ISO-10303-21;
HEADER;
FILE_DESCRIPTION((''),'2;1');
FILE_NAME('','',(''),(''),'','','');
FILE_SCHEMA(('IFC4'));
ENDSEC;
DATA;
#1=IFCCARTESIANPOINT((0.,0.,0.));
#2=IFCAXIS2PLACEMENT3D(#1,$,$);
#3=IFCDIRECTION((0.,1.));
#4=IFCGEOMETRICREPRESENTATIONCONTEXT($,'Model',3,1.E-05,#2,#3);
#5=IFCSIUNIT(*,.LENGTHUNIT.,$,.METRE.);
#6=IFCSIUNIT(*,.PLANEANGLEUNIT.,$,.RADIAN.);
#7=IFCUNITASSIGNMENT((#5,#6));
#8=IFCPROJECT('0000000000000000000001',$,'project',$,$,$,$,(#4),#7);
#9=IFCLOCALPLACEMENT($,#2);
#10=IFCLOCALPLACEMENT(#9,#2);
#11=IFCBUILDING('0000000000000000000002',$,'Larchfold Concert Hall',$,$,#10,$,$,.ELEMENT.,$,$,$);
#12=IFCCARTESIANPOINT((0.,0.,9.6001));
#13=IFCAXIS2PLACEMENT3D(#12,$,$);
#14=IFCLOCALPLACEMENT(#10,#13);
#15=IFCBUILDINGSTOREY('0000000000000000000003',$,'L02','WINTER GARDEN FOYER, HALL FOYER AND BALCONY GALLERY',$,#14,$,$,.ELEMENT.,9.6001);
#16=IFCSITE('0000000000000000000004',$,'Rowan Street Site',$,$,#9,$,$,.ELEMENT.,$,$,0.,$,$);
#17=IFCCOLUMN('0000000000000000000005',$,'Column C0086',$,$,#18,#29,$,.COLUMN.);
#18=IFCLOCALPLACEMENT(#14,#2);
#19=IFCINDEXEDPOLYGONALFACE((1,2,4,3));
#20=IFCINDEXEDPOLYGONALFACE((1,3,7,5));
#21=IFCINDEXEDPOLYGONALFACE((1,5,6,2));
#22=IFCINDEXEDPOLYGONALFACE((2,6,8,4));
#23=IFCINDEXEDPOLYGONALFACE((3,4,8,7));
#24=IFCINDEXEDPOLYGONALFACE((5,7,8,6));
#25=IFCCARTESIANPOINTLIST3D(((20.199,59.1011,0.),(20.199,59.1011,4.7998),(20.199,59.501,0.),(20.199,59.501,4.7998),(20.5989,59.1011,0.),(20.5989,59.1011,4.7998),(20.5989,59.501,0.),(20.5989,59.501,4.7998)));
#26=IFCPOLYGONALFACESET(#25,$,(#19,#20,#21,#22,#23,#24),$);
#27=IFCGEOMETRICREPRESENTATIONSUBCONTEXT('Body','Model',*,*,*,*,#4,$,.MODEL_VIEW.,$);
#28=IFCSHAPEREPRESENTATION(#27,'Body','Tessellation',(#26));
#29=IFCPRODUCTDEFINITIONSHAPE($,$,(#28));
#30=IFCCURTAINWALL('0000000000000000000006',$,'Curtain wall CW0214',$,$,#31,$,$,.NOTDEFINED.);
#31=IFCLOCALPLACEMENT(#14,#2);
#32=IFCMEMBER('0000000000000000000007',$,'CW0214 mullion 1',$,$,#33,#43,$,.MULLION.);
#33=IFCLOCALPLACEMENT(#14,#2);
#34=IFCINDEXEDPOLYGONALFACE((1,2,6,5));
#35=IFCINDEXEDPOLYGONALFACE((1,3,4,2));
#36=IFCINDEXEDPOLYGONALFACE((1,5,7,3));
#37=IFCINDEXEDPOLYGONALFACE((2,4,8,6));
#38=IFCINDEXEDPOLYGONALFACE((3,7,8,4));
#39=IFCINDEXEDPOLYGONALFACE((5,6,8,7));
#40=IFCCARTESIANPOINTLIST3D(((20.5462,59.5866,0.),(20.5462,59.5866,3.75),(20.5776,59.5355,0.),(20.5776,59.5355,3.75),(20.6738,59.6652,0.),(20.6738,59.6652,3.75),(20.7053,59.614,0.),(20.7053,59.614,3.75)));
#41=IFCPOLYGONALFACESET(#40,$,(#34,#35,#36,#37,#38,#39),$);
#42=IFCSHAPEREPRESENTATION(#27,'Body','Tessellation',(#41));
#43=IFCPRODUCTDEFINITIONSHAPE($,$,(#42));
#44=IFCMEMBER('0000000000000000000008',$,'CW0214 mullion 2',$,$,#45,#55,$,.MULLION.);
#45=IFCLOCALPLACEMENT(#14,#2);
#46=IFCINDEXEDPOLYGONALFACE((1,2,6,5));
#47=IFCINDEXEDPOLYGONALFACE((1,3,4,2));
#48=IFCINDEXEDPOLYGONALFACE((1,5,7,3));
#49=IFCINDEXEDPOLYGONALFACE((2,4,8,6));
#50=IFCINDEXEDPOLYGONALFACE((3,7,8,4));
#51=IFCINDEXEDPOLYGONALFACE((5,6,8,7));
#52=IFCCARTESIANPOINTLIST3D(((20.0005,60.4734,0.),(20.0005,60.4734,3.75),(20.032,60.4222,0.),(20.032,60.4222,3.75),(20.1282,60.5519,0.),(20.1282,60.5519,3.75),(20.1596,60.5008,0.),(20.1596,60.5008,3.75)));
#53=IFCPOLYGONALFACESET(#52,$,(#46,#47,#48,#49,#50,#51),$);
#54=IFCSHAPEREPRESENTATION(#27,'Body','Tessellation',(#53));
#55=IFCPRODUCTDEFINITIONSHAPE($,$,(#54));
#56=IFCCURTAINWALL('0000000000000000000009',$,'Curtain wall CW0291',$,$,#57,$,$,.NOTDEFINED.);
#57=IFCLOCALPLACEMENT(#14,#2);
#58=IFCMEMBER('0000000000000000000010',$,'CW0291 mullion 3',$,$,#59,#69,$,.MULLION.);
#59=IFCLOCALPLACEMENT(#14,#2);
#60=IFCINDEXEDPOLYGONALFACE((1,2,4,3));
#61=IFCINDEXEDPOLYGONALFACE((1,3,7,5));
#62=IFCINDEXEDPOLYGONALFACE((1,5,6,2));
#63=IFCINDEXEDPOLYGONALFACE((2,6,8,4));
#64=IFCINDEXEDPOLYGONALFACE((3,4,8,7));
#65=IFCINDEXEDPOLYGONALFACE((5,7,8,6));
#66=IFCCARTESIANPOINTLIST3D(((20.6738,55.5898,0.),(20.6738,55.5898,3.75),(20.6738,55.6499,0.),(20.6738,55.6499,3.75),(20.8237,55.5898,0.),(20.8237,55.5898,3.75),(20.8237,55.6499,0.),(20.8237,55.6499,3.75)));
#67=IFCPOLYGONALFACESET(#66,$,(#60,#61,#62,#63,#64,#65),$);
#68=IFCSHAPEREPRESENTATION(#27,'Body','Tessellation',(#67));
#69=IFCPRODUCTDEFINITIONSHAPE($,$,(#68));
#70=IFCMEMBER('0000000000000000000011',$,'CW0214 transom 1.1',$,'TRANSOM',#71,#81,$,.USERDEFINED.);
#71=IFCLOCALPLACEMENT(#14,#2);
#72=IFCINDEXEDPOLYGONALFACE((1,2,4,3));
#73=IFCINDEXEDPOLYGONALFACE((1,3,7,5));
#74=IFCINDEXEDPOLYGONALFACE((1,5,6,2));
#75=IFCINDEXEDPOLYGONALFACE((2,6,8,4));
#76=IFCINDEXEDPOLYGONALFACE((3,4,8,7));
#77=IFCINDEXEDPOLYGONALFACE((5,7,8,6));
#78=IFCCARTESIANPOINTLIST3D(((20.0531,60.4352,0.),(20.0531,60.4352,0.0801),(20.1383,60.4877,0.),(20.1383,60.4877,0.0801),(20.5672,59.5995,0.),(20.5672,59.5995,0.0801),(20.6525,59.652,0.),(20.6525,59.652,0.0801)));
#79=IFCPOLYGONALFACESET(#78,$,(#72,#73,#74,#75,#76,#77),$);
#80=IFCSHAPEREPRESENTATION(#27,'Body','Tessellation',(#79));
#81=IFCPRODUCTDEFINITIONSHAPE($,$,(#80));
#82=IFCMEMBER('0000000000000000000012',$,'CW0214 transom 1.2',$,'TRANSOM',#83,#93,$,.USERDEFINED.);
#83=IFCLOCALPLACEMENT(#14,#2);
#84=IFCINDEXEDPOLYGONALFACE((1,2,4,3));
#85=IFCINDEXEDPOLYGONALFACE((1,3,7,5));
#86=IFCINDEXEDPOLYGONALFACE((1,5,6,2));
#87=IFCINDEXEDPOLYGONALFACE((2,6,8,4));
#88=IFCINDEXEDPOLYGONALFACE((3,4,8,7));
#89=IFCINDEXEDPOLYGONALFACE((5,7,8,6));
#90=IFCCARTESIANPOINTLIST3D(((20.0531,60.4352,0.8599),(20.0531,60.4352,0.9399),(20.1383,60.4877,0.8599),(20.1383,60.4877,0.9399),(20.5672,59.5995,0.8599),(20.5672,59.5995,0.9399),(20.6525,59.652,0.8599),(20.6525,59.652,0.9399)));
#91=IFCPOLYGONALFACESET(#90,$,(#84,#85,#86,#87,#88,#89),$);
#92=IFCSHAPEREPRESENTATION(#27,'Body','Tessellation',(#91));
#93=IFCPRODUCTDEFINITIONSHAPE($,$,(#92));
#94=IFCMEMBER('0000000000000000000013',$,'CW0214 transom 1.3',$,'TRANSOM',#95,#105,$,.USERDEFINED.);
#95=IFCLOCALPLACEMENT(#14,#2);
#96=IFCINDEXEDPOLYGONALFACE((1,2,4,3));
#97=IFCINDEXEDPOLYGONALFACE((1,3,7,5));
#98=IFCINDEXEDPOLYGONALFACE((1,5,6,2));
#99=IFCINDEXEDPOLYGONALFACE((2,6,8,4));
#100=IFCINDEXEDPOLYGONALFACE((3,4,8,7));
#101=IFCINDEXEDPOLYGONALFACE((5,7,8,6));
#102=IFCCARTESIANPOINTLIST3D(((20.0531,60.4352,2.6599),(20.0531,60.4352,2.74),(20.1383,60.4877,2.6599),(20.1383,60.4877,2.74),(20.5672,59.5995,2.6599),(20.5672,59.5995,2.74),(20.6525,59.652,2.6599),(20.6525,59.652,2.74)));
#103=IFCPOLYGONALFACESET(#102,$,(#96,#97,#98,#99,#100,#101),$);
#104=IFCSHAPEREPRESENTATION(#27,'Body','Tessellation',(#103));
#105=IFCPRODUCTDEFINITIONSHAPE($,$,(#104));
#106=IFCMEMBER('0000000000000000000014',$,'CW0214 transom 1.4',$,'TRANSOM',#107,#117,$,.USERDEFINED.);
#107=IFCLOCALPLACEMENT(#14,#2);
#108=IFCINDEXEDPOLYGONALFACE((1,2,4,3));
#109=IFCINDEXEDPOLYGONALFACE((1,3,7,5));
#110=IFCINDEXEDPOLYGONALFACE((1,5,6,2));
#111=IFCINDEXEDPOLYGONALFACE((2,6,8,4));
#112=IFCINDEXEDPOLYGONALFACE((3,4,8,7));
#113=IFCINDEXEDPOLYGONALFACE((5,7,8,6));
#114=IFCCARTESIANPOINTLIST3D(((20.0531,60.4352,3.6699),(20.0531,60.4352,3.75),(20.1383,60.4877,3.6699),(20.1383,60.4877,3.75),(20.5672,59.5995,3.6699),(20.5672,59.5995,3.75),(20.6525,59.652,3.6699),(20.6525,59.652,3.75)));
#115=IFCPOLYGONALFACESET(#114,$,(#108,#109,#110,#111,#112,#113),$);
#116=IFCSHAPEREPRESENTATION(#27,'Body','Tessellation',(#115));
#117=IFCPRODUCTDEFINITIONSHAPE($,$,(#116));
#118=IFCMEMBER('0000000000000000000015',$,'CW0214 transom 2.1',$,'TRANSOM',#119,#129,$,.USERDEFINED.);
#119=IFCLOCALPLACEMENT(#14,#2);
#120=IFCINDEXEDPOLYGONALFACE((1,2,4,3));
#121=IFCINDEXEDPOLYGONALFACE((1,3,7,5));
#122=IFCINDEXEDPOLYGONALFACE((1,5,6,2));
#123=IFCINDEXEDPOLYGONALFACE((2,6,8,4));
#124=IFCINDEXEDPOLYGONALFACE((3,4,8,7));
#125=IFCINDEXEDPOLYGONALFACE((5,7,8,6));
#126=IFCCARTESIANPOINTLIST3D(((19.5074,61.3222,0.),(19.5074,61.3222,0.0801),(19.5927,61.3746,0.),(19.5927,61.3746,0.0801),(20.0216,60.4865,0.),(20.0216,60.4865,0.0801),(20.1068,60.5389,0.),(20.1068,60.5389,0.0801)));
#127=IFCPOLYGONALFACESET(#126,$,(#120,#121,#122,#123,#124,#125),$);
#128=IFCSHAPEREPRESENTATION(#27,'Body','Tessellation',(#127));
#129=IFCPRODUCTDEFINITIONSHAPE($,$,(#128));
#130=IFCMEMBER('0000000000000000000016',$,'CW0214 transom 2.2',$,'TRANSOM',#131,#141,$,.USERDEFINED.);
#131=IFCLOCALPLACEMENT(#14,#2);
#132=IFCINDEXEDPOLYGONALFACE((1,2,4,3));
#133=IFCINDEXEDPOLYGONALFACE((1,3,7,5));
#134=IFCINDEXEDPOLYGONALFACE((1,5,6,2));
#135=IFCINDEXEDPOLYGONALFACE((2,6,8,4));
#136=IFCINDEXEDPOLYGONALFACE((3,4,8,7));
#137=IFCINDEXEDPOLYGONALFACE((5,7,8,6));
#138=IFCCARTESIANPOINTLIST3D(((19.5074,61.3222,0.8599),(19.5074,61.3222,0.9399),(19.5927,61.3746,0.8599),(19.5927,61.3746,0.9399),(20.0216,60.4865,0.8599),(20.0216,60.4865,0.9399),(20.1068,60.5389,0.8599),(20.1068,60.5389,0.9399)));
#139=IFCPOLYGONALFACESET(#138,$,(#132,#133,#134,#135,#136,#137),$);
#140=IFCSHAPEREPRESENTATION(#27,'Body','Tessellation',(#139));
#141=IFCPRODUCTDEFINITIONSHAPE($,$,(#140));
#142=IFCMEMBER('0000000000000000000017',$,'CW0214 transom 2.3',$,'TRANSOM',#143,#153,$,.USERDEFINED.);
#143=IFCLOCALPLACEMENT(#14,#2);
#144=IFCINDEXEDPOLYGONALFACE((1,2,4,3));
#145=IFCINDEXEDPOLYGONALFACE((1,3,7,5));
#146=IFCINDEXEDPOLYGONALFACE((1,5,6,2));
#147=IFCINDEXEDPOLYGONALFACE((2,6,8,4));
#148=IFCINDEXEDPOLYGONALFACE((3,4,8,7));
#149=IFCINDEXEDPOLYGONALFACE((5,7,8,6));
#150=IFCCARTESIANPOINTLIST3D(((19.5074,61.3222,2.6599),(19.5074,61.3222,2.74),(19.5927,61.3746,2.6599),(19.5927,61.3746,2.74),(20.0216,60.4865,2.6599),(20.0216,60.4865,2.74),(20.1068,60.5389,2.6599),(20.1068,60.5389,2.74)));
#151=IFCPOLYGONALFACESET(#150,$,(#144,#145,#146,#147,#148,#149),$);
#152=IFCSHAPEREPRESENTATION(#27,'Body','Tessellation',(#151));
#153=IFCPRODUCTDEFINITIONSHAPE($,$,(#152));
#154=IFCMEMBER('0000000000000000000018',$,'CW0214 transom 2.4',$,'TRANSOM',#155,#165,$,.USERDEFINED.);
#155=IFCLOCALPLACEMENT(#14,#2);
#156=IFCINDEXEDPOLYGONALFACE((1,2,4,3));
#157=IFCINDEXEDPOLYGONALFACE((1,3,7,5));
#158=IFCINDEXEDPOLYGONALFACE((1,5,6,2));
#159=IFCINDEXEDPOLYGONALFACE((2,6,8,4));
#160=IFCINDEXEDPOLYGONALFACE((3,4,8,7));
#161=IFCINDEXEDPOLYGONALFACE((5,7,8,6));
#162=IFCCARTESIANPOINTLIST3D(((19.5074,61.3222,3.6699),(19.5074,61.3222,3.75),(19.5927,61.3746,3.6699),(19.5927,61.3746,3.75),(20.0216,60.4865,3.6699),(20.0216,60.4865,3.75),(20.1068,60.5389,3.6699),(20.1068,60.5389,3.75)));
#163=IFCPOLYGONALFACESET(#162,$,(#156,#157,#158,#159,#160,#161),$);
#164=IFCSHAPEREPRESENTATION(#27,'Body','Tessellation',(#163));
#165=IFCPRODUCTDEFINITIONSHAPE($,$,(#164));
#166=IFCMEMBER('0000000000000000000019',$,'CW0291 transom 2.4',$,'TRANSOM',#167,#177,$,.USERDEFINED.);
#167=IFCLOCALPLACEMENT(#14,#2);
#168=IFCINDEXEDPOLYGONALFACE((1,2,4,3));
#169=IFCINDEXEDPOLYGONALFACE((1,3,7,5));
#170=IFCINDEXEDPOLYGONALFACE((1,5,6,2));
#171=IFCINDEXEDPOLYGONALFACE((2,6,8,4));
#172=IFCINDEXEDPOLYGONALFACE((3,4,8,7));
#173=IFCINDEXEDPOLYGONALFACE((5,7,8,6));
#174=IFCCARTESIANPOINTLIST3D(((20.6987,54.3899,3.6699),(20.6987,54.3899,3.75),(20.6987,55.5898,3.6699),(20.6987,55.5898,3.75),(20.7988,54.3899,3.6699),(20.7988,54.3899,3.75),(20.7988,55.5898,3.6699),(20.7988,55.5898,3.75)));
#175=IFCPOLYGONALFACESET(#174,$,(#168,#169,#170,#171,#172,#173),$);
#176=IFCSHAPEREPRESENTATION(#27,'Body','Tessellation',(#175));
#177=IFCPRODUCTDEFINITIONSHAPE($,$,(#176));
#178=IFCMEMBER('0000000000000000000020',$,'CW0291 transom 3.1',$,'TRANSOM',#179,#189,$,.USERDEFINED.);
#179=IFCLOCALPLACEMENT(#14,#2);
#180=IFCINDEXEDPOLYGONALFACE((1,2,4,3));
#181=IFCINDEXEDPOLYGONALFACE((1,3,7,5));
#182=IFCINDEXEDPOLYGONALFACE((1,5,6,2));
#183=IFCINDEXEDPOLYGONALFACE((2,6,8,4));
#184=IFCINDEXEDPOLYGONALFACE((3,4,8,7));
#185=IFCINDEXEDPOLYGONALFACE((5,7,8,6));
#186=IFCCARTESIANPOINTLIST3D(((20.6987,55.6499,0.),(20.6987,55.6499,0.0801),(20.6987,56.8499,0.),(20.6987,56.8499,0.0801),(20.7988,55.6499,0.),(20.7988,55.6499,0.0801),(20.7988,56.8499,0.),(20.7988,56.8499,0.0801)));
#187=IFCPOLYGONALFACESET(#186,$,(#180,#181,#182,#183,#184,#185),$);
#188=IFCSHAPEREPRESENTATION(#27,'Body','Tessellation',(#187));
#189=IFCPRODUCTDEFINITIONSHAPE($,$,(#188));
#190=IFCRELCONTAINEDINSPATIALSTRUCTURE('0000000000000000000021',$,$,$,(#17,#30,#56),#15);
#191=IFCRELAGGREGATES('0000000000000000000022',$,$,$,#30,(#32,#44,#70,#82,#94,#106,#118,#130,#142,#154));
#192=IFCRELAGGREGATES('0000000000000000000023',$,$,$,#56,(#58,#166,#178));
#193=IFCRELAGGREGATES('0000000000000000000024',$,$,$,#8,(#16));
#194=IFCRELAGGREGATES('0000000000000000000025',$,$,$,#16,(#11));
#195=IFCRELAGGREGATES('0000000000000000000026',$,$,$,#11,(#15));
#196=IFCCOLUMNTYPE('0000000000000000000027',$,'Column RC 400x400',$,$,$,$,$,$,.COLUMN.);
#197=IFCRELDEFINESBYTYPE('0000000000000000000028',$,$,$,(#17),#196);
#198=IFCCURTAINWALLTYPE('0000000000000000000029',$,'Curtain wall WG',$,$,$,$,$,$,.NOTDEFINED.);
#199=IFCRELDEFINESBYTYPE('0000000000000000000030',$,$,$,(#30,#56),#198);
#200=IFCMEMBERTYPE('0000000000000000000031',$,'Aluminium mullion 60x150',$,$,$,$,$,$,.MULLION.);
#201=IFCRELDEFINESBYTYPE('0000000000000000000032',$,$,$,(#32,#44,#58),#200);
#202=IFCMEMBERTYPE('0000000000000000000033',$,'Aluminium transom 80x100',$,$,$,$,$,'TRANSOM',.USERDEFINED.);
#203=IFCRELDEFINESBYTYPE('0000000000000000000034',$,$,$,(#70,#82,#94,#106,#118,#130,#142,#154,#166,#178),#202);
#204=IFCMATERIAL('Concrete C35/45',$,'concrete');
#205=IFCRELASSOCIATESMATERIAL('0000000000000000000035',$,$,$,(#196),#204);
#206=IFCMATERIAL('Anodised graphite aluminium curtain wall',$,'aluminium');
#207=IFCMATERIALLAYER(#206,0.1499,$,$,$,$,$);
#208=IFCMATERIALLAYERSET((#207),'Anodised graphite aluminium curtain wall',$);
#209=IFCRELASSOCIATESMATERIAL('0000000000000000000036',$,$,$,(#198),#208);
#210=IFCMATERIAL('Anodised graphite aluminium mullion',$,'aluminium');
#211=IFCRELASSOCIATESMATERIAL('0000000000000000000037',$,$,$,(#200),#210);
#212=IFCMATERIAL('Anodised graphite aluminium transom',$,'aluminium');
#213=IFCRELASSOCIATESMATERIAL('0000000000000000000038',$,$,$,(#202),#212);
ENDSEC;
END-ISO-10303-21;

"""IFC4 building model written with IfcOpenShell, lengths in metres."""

from ifc_helpers import new_model, si_unit, direction, frame, origin, origin_2d, place, context, subcontext, project, spatial, rectangle, extrude, material, layer, layer_set, material_profile, profile_set, type_object, element, aggregate, save


model = new_model("IFC4")

# Units and contexts
model_context = context("Model", 3, precision=1e-05, world=origin(), true_north=direction((0.0, 1.0)))
body_context = subcontext(model_context, "Body", "Model", "MODEL_VIEW")
ifc_project = project(units=[si_unit("LENGTHUNIT", "METRE"), si_unit("PLANEANGLEUNIT", "RADIAN")], contexts=[model_context])

# Site, building, storey
site_placement = place(None, origin())
site = spatial("IfcSite", under=ifc_project, at=site_placement, Name="Rowan Street Site", CompositionType="ELEMENT", RefElevation=0.0)
building_placement = place(site_placement, origin())
building = spatial("IfcBuilding", under=site, at=building_placement, Name="Larchfold Concert Hall", CompositionType="ELEMENT")
storey_placement = place(building_placement, frame((0.0, 0.0, 9.6001)))
storey = spatial("IfcBuildingStorey", under=building, at=storey_placement, Name="L02", Description="WINTER GARDEN FOYER, HALL FOYER AND BALCONY GALLERY", CompositionType="ELEMENT", Elevation=9.6001)

# Column
ifc_material_1 = material(Name="Concrete C35/45", Category="concrete")
ifc_material_profile_1 = material_profile(ifc_material_1, rectangle(XDim=0.3999, YDim=0.3999, at=origin_2d()))
ifc_profile_set_1 = profile_set([ifc_material_profile_1], Name="Concrete C35/45")
column_type = type_object("IfcColumnType", Name="Column RC 400x400", PredefinedType="COLUMN", material=ifc_profile_set_1)
column_placement = place(storey_placement, frame((20.3989, 59.301, 0.0), z_axis=(0.0, 0.0, 1.0), x_axis=(1.0, 0.0, 0.0)))
element("IfcColumn", 1, at=column_placement, inside=storey, type_object=column_type, Name="Column C0086", PredefinedType="COLUMN", context=body_context, shape_type="SweptSolid", body=[
    extrude(rectangle(XDim=0.3999, YDim=0.3999, at=origin_2d()), origin(), (0.0, 0.0, 1.0), 4.7998),
])

# Curtain wall, members
ifc_material_2 = material(Name="Anodised graphite aluminium curtain wall", Category="aluminium")
ifc_layer_1 = layer(ifc_material_2, 0.1499)
ifc_layer_set_1 = layer_set([ifc_layer_1], Name="Anodised graphite aluminium curtain wall")
curtain_wall_type = type_object("IfcCurtainWallType", Name="Curtain wall WG", PredefinedType="NOTDEFINED", material=ifc_layer_set_1)
curtain_wall_1_placement = place(storey_placement, origin())
curtain_wall_1 = element("IfcCurtainWall", 2, at=curtain_wall_1_placement, inside=storey, type_object=curtain_wall_type, Name="Curtain wall CW0214", PredefinedType="NOTDEFINED")
ifc_material_3 = material(Name="Anodised graphite aluminium mullion", Category="aluminium")
ifc_material_profile_2 = material_profile(ifc_material_3, rectangle(XDim=0.1499, YDim=0.0601, at=origin_2d()))
ifc_profile_set_2 = profile_set([ifc_material_profile_2], Name="Anodised graphite aluminium mullion")
member_type_1 = type_object("IfcMemberType", Name="Aluminium mullion 60x150", PredefinedType="MULLION", material=ifc_profile_set_2)
member_1_placement = place(storey_placement, frame((20.6257, 59.6003, 0.0), z_axis=(0.0, 0.0, 1.0), x_axis=(-0.851678, -0.524066, 0.0)))
member_1 = element("IfcMember", 3, at=member_1_placement, type_object=member_type_1, Name="CW0214 mullion 1", PredefinedType="MULLION", context=body_context, shape_type="SweptSolid", body=[
    extrude(rectangle(XDim=0.1499, YDim=0.0601, at=origin_2d()), origin(), (0.0, 0.0, 1.0), 3.75),
])
member_2_placement = place(storey_placement, frame((20.0801, 60.4871, 0.0), z_axis=(0.0, 0.0, 1.0), x_axis=(-0.851678, -0.524066, 0.0)))
member_2 = element("IfcMember", 4, at=member_2_placement, type_object=member_type_1, Name="CW0214 mullion 2", PredefinedType="MULLION", context=body_context, shape_type="SweptSolid", body=[
    extrude(rectangle(XDim=0.1499, YDim=0.0601, at=origin_2d()), origin(), (0.0, 0.0, 1.0), 3.75),
])

# Curtain wall, member
curtain_wall_2_placement = place(storey_placement, origin())
curtain_wall_2 = element("IfcCurtainWall", 5, at=curtain_wall_2_placement, inside=storey, type_object=curtain_wall_type, Name="Curtain wall CW0291", PredefinedType="NOTDEFINED")
member_3_placement = place(storey_placement, frame((20.7488, 55.6199, 0.0), z_axis=(0.0, 0.0, 1.0), x_axis=(-1.0, 0.0, 0.0)))
member_3 = element("IfcMember", 6, at=member_3_placement, type_object=member_type_1, Name="CW0291 mullion 3", PredefinedType="MULLION", context=body_context, shape_type="SweptSolid", body=[
    extrude(rectangle(XDim=0.1499, YDim=0.0601, at=origin_2d()), origin(), (0.0, 0.0, 1.0), 3.75),
])

# Members
ifc_material_4 = material(Name="Anodised graphite aluminium transom", Category="aluminium")
ifc_material_profile_3 = material_profile(ifc_material_4, rectangle(XDim=0.1001, YDim=0.0801, at=origin_2d()))
ifc_profile_set_3 = profile_set([ifc_material_profile_3], Name="Anodised graphite aluminium transom")
member_type_2 = type_object("IfcMemberType", Name="Aluminium transom 80x100", ElementType="TRANSOM", PredefinedType="USERDEFINED", material=ifc_profile_set_3)
member_4_placement = place(storey_placement, frame((20.6099, 59.6257, 0.04), z_axis=(-0.524014, 0.85171, 0.0), x_axis=(-0.85171, -0.524014, 0.0)))
member_4 = element("IfcMember", 7, at=member_4_placement, type_object=member_type_2, Name="CW0214 transom 1.1", ObjectType="TRANSOM", PredefinedType="USERDEFINED", context=body_context, shape_type="SweptSolid", body=[
    extrude(rectangle(XDim=0.1001, YDim=0.0801, at=origin_2d()), origin(), (0.0, 0.0, 1.0), 0.9812),
])
member_5_placement = place(storey_placement, frame((20.6099, 59.6257, 0.8999), z_axis=(-0.524014, 0.85171, 0.0), x_axis=(-0.85171, -0.524014, 0.0)))
member_5 = element("IfcMember", 8, at=member_5_placement, type_object=member_type_2, Name="CW0214 transom 1.2", ObjectType="TRANSOM", PredefinedType="USERDEFINED", context=body_context, shape_type="SweptSolid", body=[
    extrude(rectangle(XDim=0.1001, YDim=0.0801, at=origin_2d()), origin(), (0.0, 0.0, 1.0), 0.9812),
])
member_6_placement = place(storey_placement, frame((20.6099, 59.6257, 2.7), z_axis=(-0.524014, 0.85171, 0.0), x_axis=(-0.85171, -0.524014, 0.0)))
member_6 = element("IfcMember", 9, at=member_6_placement, type_object=member_type_2, Name="CW0214 transom 1.3", ObjectType="TRANSOM", PredefinedType="USERDEFINED", context=body_context, shape_type="SweptSolid", body=[
    extrude(rectangle(XDim=0.1001, YDim=0.0801, at=origin_2d()), origin(), (0.0, 0.0, 1.0), 0.9812),
])
member_7_placement = place(storey_placement, frame((20.6099, 59.6257, 3.71), z_axis=(-0.524014, 0.85171, 0.0), x_axis=(-0.85171, -0.524014, 0.0)))
member_7 = element("IfcMember", 10, at=member_7_placement, type_object=member_type_2, Name="CW0214 transom 1.4", ObjectType="TRANSOM", PredefinedType="USERDEFINED", context=body_context, shape_type="SweptSolid", body=[
    extrude(rectangle(XDim=0.1001, YDim=0.0801, at=origin_2d()), origin(), (0.0, 0.0, 1.0), 0.9812),
])
member_8_placement = place(storey_placement, frame((20.0642, 60.5127, 0.04), z_axis=(-0.524014, 0.85171, 0.0), x_axis=(-0.85171, -0.524014, 0.0)))
member_8 = element("IfcMember", 11, at=member_8_placement, type_object=member_type_2, Name="CW0214 transom 2.1", ObjectType="TRANSOM", PredefinedType="USERDEFINED", context=body_context, shape_type="SweptSolid", body=[
    extrude(rectangle(XDim=0.1001, YDim=0.0801, at=origin_2d()), origin(), (0.0, 0.0, 1.0), 0.9812),
])
member_9_placement = place(storey_placement, frame((20.0642, 60.5127, 0.8999), z_axis=(-0.524014, 0.85171, 0.0), x_axis=(-0.85171, -0.524014, 0.0)))
member_9 = element("IfcMember", 12, at=member_9_placement, type_object=member_type_2, Name="CW0214 transom 2.2", ObjectType="TRANSOM", PredefinedType="USERDEFINED", context=body_context, shape_type="SweptSolid", body=[
    extrude(rectangle(XDim=0.1001, YDim=0.0801, at=origin_2d()), origin(), (0.0, 0.0, 1.0), 0.9812),
])
member_10_placement = place(storey_placement, frame((20.0642, 60.5127, 2.7), z_axis=(-0.524014, 0.85171, 0.0), x_axis=(-0.85171, -0.524014, 0.0)))
member_10 = element("IfcMember", 13, at=member_10_placement, type_object=member_type_2, Name="CW0214 transom 2.3", ObjectType="TRANSOM", PredefinedType="USERDEFINED", context=body_context, shape_type="SweptSolid", body=[
    extrude(rectangle(XDim=0.1001, YDim=0.0801, at=origin_2d()), origin(), (0.0, 0.0, 1.0), 0.9812),
])
member_11_placement = place(storey_placement, frame((20.0642, 60.5127, 3.71), z_axis=(-0.524014, 0.85171, 0.0), x_axis=(-0.85171, -0.524014, 0.0)))
member_11 = element("IfcMember", 14, at=member_11_placement, type_object=member_type_2, Name="CW0214 transom 2.4", ObjectType="TRANSOM", PredefinedType="USERDEFINED", context=body_context, shape_type="SweptSolid", body=[
    extrude(rectangle(XDim=0.1001, YDim=0.0801, at=origin_2d()), origin(), (0.0, 0.0, 1.0), 0.9812),
])
member_12_placement = place(storey_placement, frame((20.7488, 54.3899, 3.71), z_axis=(0.0, 1.0, 0.0), x_axis=(-1.0, 0.0, 0.0)))
member_12 = element("IfcMember", 15, at=member_12_placement, type_object=member_type_2, Name="CW0291 transom 2.4", ObjectType="TRANSOM", PredefinedType="USERDEFINED", context=body_context, shape_type="SweptSolid", body=[
    extrude(rectangle(XDim=0.1001, YDim=0.0801, at=origin_2d()), origin(), (0.0, 0.0, 1.0), 1.2),
])
member_13_placement = place(storey_placement, frame((20.7488, 55.6499, 0.04), z_axis=(0.0, 1.0, 0.0), x_axis=(-1.0, 0.0, 0.0)))
member_13 = element("IfcMember", 16, at=member_13_placement, type_object=member_type_2, Name="CW0291 transom 3.1", ObjectType="TRANSOM", PredefinedType="USERDEFINED", context=body_context, shape_type="SweptSolid", body=[
    extrude(rectangle(XDim=0.1001, YDim=0.0801, at=origin_2d()), origin(), (0.0, 0.0, 1.0), 1.2),
])

aggregate(curtain_wall_1, [member_1, member_2, member_4, member_5, member_6, member_7, member_8, member_9, member_10, member_11])
aggregate(curtain_wall_2, [member_3, member_12, member_13])

save(model, "model.ifc")
